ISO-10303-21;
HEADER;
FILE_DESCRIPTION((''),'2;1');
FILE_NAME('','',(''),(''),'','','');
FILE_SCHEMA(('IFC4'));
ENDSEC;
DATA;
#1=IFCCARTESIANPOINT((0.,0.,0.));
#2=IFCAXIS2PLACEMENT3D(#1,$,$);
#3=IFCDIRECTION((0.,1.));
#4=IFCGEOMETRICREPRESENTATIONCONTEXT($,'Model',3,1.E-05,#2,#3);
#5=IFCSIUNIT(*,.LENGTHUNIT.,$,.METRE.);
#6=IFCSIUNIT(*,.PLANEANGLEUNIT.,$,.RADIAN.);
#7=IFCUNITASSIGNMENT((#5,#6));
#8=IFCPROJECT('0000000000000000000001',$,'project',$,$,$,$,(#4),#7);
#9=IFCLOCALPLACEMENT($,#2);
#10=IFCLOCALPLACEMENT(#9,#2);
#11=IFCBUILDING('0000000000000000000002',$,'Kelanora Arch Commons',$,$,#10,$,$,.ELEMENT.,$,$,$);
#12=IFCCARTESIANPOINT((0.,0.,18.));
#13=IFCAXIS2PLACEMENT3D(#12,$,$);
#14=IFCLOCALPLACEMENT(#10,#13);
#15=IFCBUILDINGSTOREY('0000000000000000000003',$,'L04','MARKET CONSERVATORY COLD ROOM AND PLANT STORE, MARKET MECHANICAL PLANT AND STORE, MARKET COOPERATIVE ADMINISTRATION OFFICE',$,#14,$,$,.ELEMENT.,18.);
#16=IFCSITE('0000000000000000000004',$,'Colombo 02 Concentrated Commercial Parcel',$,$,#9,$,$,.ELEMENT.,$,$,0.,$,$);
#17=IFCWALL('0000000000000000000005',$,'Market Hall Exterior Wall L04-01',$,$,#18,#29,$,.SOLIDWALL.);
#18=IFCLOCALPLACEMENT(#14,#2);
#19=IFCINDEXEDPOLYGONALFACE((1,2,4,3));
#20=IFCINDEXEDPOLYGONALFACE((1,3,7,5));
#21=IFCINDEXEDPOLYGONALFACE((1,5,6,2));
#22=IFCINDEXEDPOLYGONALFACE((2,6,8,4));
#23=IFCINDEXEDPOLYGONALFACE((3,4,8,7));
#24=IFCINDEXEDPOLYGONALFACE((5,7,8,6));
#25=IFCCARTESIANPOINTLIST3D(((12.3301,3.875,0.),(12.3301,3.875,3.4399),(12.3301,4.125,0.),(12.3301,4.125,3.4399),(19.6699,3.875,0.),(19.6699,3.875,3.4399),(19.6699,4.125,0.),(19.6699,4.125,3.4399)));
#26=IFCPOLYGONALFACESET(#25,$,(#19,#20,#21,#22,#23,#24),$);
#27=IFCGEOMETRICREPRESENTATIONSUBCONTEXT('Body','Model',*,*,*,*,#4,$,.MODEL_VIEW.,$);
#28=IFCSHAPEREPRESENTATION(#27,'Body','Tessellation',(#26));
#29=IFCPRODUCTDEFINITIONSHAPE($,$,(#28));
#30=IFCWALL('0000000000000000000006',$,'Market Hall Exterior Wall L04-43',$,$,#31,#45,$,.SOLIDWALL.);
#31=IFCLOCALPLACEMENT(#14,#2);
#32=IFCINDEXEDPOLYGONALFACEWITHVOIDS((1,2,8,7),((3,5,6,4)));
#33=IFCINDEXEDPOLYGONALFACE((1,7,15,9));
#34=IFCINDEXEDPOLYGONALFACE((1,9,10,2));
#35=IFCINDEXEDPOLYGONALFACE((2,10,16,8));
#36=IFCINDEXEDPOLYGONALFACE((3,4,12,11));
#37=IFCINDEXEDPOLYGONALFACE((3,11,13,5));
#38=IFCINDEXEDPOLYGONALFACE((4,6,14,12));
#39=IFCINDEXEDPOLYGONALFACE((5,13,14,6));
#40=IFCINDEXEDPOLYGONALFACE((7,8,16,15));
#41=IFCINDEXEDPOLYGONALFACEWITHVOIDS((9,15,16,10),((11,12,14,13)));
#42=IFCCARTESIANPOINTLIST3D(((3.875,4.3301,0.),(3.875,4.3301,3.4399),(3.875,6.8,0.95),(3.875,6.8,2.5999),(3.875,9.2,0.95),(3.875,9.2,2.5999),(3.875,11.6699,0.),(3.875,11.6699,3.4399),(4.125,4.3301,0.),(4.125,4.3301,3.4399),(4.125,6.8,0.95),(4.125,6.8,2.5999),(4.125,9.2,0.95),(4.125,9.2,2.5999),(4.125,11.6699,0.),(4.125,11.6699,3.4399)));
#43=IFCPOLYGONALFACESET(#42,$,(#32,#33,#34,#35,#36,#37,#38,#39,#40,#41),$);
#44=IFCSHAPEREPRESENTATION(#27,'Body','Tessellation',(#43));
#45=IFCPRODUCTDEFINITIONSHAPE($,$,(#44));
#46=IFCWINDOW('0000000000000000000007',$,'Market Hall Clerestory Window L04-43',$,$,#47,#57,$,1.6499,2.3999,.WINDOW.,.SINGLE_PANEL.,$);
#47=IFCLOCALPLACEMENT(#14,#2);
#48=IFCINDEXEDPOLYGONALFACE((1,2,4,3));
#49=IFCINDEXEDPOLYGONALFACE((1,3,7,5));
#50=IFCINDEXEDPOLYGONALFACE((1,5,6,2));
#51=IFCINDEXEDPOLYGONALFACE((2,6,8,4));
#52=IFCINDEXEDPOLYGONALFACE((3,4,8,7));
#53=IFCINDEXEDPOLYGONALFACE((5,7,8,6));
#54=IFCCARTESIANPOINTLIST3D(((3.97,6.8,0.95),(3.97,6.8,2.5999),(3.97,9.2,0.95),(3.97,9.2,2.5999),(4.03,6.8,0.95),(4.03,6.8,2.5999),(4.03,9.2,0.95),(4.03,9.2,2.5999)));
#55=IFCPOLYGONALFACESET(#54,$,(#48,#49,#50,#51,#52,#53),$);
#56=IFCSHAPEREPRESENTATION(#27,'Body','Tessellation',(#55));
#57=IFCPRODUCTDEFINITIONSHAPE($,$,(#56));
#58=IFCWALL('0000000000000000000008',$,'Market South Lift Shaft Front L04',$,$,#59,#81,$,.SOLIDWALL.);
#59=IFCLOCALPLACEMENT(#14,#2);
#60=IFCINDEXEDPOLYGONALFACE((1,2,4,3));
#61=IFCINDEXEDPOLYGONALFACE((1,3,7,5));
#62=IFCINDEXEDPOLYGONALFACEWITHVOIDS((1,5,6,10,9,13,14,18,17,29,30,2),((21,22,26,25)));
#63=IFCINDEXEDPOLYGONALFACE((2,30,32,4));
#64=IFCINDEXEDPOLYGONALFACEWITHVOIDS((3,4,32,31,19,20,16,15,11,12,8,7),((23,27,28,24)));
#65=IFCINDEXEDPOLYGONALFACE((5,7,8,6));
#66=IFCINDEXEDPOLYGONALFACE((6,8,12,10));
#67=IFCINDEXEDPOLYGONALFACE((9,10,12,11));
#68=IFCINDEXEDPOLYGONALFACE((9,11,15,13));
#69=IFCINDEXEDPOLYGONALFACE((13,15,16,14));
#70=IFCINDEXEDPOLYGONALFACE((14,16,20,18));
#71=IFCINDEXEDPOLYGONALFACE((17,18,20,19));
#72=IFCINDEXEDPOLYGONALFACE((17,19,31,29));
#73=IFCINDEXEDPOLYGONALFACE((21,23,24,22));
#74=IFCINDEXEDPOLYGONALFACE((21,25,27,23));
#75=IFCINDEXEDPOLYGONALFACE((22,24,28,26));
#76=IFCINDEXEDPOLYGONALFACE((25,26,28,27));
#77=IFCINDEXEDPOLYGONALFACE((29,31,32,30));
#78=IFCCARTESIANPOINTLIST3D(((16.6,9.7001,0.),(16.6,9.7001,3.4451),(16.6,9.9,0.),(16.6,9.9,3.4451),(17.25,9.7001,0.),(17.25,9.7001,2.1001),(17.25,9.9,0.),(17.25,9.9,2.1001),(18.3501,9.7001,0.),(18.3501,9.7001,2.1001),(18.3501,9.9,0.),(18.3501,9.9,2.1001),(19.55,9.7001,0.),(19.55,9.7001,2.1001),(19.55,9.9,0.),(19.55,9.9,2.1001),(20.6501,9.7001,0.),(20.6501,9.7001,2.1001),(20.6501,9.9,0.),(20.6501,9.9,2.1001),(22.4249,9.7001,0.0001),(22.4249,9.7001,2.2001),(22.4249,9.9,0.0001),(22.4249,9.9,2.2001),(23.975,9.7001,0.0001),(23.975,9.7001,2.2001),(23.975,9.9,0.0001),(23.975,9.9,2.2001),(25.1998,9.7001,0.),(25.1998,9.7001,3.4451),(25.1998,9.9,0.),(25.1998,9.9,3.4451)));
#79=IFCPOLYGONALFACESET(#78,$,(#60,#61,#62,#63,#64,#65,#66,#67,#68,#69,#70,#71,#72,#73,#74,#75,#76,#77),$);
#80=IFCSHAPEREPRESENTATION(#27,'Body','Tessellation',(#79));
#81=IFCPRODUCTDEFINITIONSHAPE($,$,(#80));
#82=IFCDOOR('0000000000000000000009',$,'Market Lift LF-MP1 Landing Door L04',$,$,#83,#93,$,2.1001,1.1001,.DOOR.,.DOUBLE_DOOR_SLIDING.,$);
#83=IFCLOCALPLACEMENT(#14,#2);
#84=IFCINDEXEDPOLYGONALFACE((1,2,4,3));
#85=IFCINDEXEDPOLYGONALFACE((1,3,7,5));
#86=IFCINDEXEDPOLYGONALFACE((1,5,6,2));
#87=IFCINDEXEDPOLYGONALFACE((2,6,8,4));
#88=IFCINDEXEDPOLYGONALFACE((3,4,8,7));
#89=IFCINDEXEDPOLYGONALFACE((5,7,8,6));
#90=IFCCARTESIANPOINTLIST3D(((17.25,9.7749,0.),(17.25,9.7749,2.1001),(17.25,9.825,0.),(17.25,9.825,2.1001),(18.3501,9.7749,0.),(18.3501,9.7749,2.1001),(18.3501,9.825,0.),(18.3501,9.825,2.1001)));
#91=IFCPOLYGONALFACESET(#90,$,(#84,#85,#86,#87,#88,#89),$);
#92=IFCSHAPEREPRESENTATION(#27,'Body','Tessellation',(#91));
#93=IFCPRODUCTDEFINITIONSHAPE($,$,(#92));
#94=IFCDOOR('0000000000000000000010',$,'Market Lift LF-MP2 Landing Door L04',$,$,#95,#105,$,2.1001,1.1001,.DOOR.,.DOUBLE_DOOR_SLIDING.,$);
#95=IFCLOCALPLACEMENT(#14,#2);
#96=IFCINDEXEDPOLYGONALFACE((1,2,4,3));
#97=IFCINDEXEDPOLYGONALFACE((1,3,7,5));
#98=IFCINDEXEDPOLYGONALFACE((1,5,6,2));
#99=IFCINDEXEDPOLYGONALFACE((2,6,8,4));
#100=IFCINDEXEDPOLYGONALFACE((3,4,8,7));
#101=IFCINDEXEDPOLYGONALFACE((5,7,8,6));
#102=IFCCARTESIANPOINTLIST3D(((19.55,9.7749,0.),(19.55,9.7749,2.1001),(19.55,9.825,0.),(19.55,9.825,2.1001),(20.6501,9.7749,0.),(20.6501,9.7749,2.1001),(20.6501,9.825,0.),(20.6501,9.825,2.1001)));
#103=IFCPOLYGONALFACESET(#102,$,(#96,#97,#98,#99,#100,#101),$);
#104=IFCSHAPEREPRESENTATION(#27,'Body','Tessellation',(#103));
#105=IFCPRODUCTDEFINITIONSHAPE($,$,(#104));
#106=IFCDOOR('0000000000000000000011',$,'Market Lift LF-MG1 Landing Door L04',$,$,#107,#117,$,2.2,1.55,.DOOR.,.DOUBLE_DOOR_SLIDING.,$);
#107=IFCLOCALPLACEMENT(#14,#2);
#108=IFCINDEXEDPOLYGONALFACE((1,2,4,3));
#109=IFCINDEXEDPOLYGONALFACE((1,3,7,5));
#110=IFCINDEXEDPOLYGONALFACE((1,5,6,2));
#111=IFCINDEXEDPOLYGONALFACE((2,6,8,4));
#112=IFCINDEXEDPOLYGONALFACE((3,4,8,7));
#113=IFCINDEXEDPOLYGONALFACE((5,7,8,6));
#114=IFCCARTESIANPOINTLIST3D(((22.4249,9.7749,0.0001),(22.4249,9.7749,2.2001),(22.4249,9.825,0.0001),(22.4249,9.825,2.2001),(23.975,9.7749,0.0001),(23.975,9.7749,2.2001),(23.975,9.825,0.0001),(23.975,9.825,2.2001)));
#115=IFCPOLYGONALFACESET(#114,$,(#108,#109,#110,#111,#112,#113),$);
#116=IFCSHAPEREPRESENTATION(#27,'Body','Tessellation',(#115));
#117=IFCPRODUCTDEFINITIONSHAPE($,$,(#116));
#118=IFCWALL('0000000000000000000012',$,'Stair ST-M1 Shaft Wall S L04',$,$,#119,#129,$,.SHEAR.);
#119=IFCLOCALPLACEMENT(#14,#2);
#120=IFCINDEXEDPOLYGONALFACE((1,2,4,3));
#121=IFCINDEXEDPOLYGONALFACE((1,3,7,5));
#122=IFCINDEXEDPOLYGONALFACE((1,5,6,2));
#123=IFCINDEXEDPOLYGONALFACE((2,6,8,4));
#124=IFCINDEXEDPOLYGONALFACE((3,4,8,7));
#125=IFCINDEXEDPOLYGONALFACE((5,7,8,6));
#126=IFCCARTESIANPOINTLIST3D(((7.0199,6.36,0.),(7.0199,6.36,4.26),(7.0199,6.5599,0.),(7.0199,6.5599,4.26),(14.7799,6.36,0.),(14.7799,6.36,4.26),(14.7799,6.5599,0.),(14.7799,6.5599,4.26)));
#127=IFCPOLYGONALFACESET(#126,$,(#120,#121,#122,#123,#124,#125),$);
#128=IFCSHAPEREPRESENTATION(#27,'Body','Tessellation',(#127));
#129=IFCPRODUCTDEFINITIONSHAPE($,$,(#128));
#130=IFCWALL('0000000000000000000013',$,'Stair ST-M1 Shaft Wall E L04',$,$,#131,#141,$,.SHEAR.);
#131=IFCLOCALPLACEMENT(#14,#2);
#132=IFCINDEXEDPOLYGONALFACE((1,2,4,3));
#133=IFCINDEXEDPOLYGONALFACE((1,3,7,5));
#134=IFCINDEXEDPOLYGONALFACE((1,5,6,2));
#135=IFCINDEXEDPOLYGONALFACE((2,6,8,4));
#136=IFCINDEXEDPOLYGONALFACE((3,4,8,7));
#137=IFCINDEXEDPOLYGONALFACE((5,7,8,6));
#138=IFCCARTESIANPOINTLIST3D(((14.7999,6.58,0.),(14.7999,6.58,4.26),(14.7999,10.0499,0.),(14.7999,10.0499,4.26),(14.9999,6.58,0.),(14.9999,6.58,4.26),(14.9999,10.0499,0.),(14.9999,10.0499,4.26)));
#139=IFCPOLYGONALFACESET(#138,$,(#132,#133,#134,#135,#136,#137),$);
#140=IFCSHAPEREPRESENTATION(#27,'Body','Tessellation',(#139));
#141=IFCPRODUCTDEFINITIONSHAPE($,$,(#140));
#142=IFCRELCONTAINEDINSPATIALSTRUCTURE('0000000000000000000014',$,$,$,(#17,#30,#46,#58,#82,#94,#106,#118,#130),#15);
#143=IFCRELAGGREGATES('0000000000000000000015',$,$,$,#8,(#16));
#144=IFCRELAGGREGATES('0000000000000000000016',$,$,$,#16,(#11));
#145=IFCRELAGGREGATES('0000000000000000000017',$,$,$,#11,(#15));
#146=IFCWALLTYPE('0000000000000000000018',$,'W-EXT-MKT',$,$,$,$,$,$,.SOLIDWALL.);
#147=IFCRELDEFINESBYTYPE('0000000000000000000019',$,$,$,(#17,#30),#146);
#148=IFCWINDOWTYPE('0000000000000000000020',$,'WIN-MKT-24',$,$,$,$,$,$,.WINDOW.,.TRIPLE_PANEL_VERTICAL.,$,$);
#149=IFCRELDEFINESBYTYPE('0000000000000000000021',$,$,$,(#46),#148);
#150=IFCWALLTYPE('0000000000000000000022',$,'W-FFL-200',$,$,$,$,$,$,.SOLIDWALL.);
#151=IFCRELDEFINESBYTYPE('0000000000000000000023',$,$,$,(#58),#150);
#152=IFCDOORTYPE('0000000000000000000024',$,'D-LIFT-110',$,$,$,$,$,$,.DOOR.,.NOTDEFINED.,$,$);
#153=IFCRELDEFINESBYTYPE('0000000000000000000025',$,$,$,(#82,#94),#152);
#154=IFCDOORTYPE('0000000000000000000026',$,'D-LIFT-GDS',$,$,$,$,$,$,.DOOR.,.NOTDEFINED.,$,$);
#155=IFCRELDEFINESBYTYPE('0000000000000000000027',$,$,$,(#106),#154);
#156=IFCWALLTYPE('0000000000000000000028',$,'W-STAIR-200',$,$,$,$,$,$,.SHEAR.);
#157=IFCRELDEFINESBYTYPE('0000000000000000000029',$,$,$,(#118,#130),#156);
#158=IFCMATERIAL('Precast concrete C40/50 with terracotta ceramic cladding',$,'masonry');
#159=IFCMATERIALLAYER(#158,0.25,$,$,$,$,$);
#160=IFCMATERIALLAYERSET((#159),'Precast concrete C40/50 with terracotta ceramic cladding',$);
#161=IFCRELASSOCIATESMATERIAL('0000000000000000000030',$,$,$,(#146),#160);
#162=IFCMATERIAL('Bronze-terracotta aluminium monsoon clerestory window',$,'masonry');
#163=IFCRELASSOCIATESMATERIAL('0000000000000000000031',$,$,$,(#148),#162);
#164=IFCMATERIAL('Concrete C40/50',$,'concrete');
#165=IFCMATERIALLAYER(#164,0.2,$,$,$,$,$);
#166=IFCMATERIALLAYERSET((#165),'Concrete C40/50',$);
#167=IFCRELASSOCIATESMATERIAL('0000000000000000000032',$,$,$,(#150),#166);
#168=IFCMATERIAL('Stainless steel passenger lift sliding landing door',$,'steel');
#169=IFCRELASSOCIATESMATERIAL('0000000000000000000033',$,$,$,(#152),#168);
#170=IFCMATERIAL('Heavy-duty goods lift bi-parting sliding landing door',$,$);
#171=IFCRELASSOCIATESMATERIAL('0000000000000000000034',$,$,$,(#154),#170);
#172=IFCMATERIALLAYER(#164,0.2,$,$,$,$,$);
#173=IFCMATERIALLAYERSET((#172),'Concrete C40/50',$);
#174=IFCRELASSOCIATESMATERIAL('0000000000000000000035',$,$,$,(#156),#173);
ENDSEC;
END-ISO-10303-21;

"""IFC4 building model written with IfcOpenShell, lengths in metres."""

from ifc_helpers import new_model, si_unit, direction, frame, frame_2d, origin, place, context, subcontext, project, spatial, rectangle, extrude, material, layer, layer_set, type_object, element, fill, save


model = new_model("IFC4")

# Units and contexts
model_context = context("Model", 3, precision=1e-05, world=origin(), true_north=direction((0.0, 1.0)))
body_context = subcontext(model_context, "Body", "Model", "MODEL_VIEW")
ifc_project = project(units=[si_unit("LENGTHUNIT", "METRE"), si_unit("PLANEANGLEUNIT", "RADIAN")], contexts=[model_context])

# Site, building, storey
site_placement = place(None, origin())
site = spatial("IfcSite", under=ifc_project, at=site_placement, Name="Colombo 02 Concentrated Commercial Parcel", CompositionType="ELEMENT", RefElevation=0.0)
building_placement = place(site_placement, origin())
building = spatial("IfcBuilding", under=site, at=building_placement, Name="Kelanora Arch Commons", CompositionType="ELEMENT")
storey_placement = place(building_placement, frame((0.0, 0.0, 18.0)))
storey = spatial("IfcBuildingStorey", under=building, at=storey_placement, Name="L04", Description="MARKET CONSERVATORY COLD ROOM AND PLANT STORE, MARKET MECHANICAL PLANT AND STORE, MARKET COOPERATIVE ADMINISTRATION OFFICE", CompositionType="ELEMENT", Elevation=18.0)

# Shared definitions
ifc_material_1 = material(Name="Concrete C40/50", Category="concrete")

# Shared definitions
ifc_material_2 = material(Name="Precast concrete C40/50 with terracotta ceramic cladding", Category="masonry")
ifc_layer_1 = layer(ifc_material_2, 0.25)
ifc_layer_set_1 = layer_set([ifc_layer_1], Name="Precast concrete C40/50 with terracotta ceramic cladding")
wall_type_1 = type_object("IfcWallType", Name="W-EXT-MKT", PredefinedType="SOLIDWALL", material=ifc_layer_set_1)
ifc_material_3 = material(Name="Bronze-terracotta aluminium monsoon clerestory window", Category="masonry")
window_type = type_object("IfcWindowType", Name="WIN-MKT-24", PartitioningType="TRIPLE_PANEL_VERTICAL", PredefinedType="WINDOW", material=ifc_material_3)

# Wall
wall_1_placement = place(storey_placement, frame((12.3301, 4.0, 0.0), z_axis=(0.0, 0.0, 1.0), x_axis=(1.0, 0.0, 0.0)))
element("IfcWall", 1, at=wall_1_placement, inside=storey, type_object=wall_type_1, Name="Market Hall Exterior Wall L04-01", PredefinedType="SOLIDWALL", context=body_context, shape_type="SweptSolid", body=[
    extrude(rectangle(XDim=7.3398, YDim=0.25, at=frame_2d((3.6699, 0.0))), origin(), (0.0, 0.0, 1.0), 3.4399),
])

# Wall, opening, window
wall_2_placement = place(storey_placement, frame((4.0, 11.6699, 0.0), z_axis=(0.0, 0.0, 1.0), x_axis=(0.0, -1.0, 0.0)))
wall_2 = element("IfcWall", 2, at=wall_2_placement, inside=storey, type_object=wall_type_1, Name="Market Hall Exterior Wall L04-43", PredefinedType="SOLIDWALL", context=body_context, shape_type="SweptSolid", body=[
    extrude(rectangle(XDim=7.3398, YDim=0.25, at=frame_2d((3.6699, 0.0))), origin(), (0.0, 0.0, 1.0), 3.4399),
])
opening_1_placement = place(wall_2_placement, frame((2.47, 0.0, 0.95)))
opening_1 = element("IfcOpeningElement", 3, at=opening_1_placement, cuts=wall_2, PredefinedType="OPENING", context=body_context, shape_type="SweptSolid", body=[
    extrude(rectangle(XDim=2.3999, YDim=1.6499, at=frame_2d((1.2, 0.825))), frame((0.0, 0.135, 0.0), z_axis=(0.0, -1.0, 0.0), x_axis=(1.0, 0.0, 0.0)), (0.0, 0.0, 1.0), 0.27),
])
window_1_placement = place(opening_1_placement, origin())
window_1 = element("IfcWindow", 4, at=window_1_placement, inside=storey, type_object=window_type, Name="Market Hall Clerestory Window L04-43", OverallHeight=1.6499, OverallWidth=2.3999, PartitioningType="SINGLE_PANEL", PredefinedType="WINDOW", context=body_context, shape_type="SweptSolid", body=[
    extrude(rectangle(XDim=2.3999, YDim=1.6499, at=frame_2d((1.2, 0.825))), frame((0.0, 0.03, 0.0), z_axis=(0.0, -1.0, 0.0), x_axis=(1.0, 0.0, 0.0)), (0.0, 0.0, 1.0), 0.0601),
])
fill(opening_1, window_1)

# Wall, openings, doors
ifc_layer_2 = layer(ifc_material_1, 0.2)
ifc_layer_set_2 = layer_set([ifc_layer_2], Name="Concrete C40/50")
wall_type_2 = type_object("IfcWallType", Name="W-FFL-200", PredefinedType="SOLIDWALL", material=ifc_layer_set_2)
wall_3_placement = place(storey_placement, frame((16.6001, 9.8, 0.0), z_axis=(0.0, 0.0, 1.0), x_axis=(1.0, 0.0, 0.0)))
wall_3 = element("IfcWall", 5, at=wall_3_placement, inside=storey, type_object=wall_type_2, Name="Market South Lift Shaft Front L04", PredefinedType="SOLIDWALL", context=body_context, shape_type="SweptSolid", body=[
    extrude(rectangle(XDim=8.5999, YDim=0.2, at=frame_2d((4.2998, 0.0))), origin(), (0.0, 0.0, 1.0), 3.4451),
])
opening_2_placement = place(wall_3_placement, frame((0.6499, 0.0, 0.0)))
opening_2 = element("IfcOpeningElement", 6, at=opening_2_placement, cuts=wall_3, PredefinedType="OPENING", context=body_context, shape_type="SweptSolid", body=[
    extrude(rectangle(XDim=1.1001, YDim=2.1001, at=frame_2d((0.55, 1.05))), frame((0.0, 0.1099, 0.0), z_axis=(0.0, -1.0, 0.0), x_axis=(1.0, 0.0, 0.0)), (0.0, 0.0, 1.0), 0.22),
])
opening_3_placement = place(wall_3_placement, frame((2.95, 0.0, 0.0)))
opening_3 = element("IfcOpeningElement", 7, at=opening_3_placement, cuts=wall_3, PredefinedType="OPENING", context=body_context, shape_type="SweptSolid", body=[
    extrude(rectangle(XDim=1.1001, YDim=2.1001, at=frame_2d((0.55, 1.05))), frame((0.0, 0.1099, 0.0), z_axis=(0.0, -1.0, 0.0), x_axis=(1.0, 0.0, 0.0)), (0.0, 0.0, 1.0), 0.22),
])
opening_4_placement = place(wall_3_placement, frame((5.825, 0.0, 0.0)))
opening_4 = element("IfcOpeningElement", 8, at=opening_4_placement, cuts=wall_3, PredefinedType="OPENING", context=body_context, shape_type="SweptSolid", body=[
    extrude(rectangle(XDim=1.55, YDim=2.2, at=frame_2d((0.7749, 1.1001))), frame((0.0, 0.1099, 0.0), z_axis=(0.0, -1.0, 0.0), x_axis=(1.0, 0.0, 0.0)), (0.0, 0.0, 1.0), 0.22),
])
ifc_material_4 = material(Name="Stainless steel passenger lift sliding landing door", Category="steel")
door_type_1 = type_object("IfcDoorType", Name="D-LIFT-110", OperationType="NOTDEFINED", PredefinedType="DOOR", material=ifc_material_4)
door_1_placement = place(opening_2_placement, origin())
door_1 = element("IfcDoor", 9, at=door_1_placement, inside=storey, type_object=door_type_1, Name="Market Lift LF-MP1 Landing Door L04", OperationType="DOUBLE_DOOR_SLIDING", OverallHeight=2.1001, OverallWidth=1.1001, PredefinedType="DOOR", context=body_context, shape_type="SweptSolid", body=[
    extrude(rectangle(XDim=1.1001, YDim=2.1001, at=frame_2d((0.55, 1.05))), frame((0.0, 0.0249, 0.0), z_axis=(0.0, -1.0, 0.0), x_axis=(1.0, 0.0, 0.0)), (0.0, 0.0, 1.0), 0.05),
])
fill(opening_2, door_1)
door_2_placement = place(opening_3_placement, origin())
door_2 = element("IfcDoor", 10, at=door_2_placement, inside=storey, type_object=door_type_1, Name="Market Lift LF-MP2 Landing Door L04", OperationType="DOUBLE_DOOR_SLIDING", OverallHeight=2.1001, OverallWidth=1.1001, PredefinedType="DOOR", context=body_context, shape_type="SweptSolid", body=[
    extrude(rectangle(XDim=1.1001, YDim=2.1001, at=frame_2d((0.55, 1.05))), frame((0.0, 0.0249, 0.0), z_axis=(0.0, -1.0, 0.0), x_axis=(1.0, 0.0, 0.0)), (0.0, 0.0, 1.0), 0.05),
])
fill(opening_3, door_2)
ifc_material_5 = material(Name="Heavy-duty goods lift bi-parting sliding landing door")
door_type_2 = type_object("IfcDoorType", Name="D-LIFT-GDS", OperationType="NOTDEFINED", PredefinedType="DOOR", material=ifc_material_5)
door_3_placement = place(opening_4_placement, origin())
door_3 = element("IfcDoor", 11, at=door_3_placement, inside=storey, type_object=door_type_2, Name="Market Lift LF-MG1 Landing Door L04", OperationType="DOUBLE_DOOR_SLIDING", OverallHeight=2.2, OverallWidth=1.55, PredefinedType="DOOR", context=body_context, shape_type="SweptSolid", body=[
    extrude(rectangle(XDim=1.55, YDim=2.2, at=frame_2d((0.7749, 1.1001))), frame((0.0, 0.0249, 0.0), z_axis=(0.0, -1.0, 0.0), x_axis=(1.0, 0.0, 0.0)), (0.0, 0.0, 1.0), 0.05),
])
fill(opening_4, door_3)

# Walls
ifc_layer_3 = layer(ifc_material_1, 0.2)
ifc_layer_set_3 = layer_set([ifc_layer_3], Name="Concrete C40/50")
wall_type_3 = type_object("IfcWallType", Name="W-STAIR-200", PredefinedType="SHEAR", material=ifc_layer_set_3)
wall_4_placement = place(storey_placement, frame((7.02, 6.46, 0.0), z_axis=(0.0, 0.0, 1.0), x_axis=(1.0, 0.0, 0.0)))
element("IfcWall", 12, at=wall_4_placement, inside=storey, type_object=wall_type_3, Name="Stair ST-M1 Shaft Wall S L04", PredefinedType="SHEAR", context=body_context, shape_type="SweptSolid", body=[
    extrude(rectangle(XDim=7.76, YDim=0.2, at=frame_2d((3.8799, 0.0))), origin(), (0.0, 0.0, 1.0), 4.26),
])
wall_5_placement = place(storey_placement, frame((14.8999, 6.5801, 0.0), z_axis=(0.0, 0.0, 1.0), x_axis=(0.0, 1.0, 0.0)))
element("IfcWall", 13, at=wall_5_placement, inside=storey, type_object=wall_type_3, Name="Stair ST-M1 Shaft Wall E L04", PredefinedType="SHEAR", context=body_context, shape_type="SweptSolid", body=[
    extrude(rectangle(XDim=3.47, YDim=0.2, at=frame_2d((1.7349, 0.0))), origin(), (0.0, 0.0, 1.0), 4.26),
])

save(model, "model.ifc")
